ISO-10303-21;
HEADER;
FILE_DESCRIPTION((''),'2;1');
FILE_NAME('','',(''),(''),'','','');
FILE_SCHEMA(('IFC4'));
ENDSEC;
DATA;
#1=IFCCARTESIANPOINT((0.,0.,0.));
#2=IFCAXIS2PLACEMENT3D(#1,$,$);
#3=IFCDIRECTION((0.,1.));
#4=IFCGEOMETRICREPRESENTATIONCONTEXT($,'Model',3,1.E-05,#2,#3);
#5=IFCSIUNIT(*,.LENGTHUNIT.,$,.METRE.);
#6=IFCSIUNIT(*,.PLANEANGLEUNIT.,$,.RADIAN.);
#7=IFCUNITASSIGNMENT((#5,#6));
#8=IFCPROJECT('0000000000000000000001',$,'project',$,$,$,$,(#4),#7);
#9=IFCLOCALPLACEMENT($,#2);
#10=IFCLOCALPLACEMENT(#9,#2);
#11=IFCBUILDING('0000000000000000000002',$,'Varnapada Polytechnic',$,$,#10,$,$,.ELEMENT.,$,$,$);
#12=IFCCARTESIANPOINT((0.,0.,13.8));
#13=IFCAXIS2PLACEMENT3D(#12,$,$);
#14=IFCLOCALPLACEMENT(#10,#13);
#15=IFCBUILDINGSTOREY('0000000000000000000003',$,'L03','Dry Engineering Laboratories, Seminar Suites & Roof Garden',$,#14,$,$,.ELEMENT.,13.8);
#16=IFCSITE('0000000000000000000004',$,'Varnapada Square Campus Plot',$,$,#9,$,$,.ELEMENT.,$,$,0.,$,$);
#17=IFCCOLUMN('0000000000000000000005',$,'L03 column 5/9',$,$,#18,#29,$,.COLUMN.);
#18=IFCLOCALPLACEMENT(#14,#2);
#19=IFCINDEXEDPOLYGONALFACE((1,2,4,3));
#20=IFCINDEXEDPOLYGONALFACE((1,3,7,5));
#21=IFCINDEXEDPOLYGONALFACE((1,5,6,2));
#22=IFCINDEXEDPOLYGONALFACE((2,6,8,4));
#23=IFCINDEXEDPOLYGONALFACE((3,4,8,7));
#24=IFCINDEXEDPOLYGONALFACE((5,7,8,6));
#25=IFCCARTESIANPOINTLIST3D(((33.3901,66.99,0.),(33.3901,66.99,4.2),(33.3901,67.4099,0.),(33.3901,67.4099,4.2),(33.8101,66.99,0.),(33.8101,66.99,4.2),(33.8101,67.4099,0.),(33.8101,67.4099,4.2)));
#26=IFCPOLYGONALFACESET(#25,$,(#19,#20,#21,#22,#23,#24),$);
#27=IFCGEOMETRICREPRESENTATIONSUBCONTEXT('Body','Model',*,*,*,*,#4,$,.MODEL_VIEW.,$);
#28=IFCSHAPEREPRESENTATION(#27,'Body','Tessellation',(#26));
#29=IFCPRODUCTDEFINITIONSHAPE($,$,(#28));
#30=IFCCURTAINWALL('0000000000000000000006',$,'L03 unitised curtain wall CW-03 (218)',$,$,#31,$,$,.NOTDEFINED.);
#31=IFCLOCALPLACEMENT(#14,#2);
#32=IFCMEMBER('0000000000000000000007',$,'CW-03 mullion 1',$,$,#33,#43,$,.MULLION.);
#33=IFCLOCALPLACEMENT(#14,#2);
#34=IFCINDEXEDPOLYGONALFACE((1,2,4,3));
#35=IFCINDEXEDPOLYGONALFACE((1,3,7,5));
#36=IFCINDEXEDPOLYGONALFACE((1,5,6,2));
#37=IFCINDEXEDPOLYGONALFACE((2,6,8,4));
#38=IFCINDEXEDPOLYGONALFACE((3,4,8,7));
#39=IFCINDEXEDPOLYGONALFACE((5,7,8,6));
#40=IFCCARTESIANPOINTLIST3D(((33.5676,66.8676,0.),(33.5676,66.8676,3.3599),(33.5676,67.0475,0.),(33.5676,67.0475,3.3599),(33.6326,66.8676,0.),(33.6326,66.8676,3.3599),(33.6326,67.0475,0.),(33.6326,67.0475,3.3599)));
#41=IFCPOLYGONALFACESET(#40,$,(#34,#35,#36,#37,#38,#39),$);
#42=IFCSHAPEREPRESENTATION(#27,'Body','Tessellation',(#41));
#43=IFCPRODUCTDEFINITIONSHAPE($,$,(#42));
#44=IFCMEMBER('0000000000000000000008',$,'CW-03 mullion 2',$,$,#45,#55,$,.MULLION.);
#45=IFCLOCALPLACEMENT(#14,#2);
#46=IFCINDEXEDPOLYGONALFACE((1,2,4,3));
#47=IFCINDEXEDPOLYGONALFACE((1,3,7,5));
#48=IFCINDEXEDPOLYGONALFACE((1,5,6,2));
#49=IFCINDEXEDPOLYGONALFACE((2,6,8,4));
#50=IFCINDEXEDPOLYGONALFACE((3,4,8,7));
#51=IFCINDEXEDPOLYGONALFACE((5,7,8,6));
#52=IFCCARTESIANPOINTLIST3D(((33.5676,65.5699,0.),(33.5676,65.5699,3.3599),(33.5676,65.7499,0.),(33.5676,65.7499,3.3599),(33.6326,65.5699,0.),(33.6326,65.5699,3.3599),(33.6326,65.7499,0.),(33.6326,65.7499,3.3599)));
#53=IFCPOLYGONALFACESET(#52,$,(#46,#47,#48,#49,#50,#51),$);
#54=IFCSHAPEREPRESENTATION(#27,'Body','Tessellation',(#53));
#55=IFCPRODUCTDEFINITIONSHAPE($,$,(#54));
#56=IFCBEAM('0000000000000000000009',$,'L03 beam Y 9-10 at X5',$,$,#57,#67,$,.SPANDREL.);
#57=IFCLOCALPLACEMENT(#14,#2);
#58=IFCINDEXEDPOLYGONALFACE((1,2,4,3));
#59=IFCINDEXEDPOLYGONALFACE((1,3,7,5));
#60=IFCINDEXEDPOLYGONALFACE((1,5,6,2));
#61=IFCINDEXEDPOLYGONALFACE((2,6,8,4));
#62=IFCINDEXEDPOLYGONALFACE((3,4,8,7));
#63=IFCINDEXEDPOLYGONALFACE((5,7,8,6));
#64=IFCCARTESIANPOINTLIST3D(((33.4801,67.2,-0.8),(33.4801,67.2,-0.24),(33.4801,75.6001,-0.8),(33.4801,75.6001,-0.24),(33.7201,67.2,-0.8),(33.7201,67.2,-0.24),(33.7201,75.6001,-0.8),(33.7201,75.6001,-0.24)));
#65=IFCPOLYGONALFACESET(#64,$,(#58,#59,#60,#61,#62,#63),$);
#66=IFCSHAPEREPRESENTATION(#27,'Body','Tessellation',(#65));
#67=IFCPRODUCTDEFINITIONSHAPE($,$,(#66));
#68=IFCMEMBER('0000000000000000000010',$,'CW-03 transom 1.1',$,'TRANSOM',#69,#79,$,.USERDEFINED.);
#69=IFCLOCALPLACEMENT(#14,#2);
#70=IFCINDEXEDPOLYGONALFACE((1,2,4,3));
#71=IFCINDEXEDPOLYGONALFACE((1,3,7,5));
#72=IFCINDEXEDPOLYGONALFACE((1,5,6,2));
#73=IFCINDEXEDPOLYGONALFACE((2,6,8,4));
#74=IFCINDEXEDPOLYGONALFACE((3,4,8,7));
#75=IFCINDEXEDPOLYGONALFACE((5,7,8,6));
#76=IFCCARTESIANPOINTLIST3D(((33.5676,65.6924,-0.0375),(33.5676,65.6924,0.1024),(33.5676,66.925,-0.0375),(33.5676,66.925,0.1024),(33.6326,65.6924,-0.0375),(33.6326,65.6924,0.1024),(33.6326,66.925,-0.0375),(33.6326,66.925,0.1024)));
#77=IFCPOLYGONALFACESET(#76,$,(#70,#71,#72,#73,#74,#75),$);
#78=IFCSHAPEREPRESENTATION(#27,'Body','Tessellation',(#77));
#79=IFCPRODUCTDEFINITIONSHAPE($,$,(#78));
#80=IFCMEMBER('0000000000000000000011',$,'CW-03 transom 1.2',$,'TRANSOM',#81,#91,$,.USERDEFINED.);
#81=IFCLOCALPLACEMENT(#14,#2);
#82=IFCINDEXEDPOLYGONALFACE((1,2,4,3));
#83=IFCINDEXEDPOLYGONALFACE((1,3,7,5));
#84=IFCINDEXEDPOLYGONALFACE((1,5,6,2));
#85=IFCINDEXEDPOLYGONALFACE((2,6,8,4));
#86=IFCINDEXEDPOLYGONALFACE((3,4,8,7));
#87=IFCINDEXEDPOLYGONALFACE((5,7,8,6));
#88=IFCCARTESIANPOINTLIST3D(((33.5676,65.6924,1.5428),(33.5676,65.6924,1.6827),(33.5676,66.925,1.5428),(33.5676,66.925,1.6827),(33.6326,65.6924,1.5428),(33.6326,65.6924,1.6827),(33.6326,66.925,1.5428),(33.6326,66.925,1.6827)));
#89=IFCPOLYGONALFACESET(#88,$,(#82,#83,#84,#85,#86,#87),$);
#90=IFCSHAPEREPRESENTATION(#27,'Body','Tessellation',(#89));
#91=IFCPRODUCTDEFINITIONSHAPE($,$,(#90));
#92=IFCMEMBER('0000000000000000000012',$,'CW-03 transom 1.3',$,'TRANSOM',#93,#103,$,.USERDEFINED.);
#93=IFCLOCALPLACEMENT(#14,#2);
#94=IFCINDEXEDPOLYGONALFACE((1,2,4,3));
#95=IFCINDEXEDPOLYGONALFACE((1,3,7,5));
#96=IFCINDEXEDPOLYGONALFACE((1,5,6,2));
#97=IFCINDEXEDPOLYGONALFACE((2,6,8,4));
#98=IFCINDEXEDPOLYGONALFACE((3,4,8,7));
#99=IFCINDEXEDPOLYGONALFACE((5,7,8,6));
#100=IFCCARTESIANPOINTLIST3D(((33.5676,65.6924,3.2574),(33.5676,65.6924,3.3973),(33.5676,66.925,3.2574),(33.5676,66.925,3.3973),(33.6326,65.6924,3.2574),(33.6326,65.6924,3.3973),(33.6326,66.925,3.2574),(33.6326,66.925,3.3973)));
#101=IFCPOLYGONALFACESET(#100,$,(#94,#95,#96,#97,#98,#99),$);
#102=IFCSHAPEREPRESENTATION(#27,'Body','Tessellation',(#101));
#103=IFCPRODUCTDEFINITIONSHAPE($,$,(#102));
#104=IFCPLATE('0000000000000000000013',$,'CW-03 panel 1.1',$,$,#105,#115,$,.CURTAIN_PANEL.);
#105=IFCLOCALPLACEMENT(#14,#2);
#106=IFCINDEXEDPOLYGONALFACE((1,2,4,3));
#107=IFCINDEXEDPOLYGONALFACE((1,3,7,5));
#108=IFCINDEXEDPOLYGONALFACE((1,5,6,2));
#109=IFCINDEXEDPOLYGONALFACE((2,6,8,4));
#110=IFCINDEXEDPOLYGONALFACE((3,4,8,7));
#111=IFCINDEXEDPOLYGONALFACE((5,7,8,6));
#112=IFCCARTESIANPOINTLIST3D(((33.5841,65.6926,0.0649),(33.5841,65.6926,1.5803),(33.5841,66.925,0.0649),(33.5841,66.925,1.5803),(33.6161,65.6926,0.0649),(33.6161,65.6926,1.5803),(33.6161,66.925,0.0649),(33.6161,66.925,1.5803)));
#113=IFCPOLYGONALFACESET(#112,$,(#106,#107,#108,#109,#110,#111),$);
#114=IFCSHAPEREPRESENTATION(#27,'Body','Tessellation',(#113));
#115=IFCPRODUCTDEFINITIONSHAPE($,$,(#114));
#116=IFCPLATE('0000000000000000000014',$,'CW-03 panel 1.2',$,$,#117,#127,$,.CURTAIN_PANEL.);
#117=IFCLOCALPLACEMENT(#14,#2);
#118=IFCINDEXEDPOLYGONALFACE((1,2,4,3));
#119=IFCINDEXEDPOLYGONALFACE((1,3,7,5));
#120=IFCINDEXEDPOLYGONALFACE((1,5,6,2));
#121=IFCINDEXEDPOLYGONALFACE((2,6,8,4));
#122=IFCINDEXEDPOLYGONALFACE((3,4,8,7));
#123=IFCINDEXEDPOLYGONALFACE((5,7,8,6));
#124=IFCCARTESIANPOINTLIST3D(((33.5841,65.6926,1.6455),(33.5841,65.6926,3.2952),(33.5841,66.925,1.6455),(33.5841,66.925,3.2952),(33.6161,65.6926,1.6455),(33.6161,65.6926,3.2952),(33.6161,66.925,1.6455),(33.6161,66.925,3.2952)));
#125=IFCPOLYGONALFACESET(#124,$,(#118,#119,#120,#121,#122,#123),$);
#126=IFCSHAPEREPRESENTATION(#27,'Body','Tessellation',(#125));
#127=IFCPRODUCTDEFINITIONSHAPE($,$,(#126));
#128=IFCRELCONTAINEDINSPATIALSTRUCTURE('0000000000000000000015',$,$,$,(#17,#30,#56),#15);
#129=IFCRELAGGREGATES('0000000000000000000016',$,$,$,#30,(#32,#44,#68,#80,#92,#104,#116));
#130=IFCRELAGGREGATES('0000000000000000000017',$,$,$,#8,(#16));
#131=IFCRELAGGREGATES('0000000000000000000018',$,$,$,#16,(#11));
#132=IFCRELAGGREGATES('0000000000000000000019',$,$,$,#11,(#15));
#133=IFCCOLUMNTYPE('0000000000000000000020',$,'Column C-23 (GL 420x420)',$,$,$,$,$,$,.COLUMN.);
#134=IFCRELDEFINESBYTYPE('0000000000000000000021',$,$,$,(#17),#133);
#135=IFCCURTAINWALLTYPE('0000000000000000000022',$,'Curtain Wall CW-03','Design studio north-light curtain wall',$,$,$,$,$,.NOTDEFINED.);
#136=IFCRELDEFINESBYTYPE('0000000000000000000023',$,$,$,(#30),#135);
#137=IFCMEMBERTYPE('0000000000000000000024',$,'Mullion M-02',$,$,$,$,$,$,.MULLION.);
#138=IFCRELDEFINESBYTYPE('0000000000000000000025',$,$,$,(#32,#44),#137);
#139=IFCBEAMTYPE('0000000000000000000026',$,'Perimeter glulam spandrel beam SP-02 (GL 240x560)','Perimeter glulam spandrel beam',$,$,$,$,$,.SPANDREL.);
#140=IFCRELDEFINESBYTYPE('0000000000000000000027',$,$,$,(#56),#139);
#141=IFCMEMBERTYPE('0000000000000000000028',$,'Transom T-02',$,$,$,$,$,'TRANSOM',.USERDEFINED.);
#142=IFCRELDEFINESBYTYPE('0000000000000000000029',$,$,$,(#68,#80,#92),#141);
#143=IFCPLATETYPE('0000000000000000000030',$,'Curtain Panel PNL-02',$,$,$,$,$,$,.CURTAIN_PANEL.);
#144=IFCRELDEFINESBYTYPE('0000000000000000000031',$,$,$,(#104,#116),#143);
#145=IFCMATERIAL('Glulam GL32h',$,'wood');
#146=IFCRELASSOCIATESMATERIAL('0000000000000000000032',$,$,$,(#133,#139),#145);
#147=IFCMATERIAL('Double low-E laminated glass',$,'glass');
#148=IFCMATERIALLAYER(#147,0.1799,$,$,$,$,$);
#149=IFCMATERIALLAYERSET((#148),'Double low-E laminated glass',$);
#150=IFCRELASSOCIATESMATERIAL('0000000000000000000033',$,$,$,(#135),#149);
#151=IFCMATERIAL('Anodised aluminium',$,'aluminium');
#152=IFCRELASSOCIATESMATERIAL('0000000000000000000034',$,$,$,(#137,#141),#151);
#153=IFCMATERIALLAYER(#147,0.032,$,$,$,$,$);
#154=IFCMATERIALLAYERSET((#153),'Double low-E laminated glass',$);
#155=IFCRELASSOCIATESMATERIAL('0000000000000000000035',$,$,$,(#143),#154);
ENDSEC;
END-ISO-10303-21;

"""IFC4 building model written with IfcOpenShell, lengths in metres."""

from ifc_helpers import new_model, si_unit, direction, frame, origin, origin_2d, place, context, subcontext, project, spatial, rectangle, extrude, material, layer, layer_set, material_profile, profile_set, type_object, element, aggregate, save


model = new_model("IFC4")

# Units and contexts
model_context = context("Model", 3, precision=1e-05, world=origin(), true_north=direction((0.0, 1.0)))
body_context = subcontext(model_context, "Body", "Model", "MODEL_VIEW")
ifc_project = project(units=[si_unit("LENGTHUNIT", "METRE"), si_unit("PLANEANGLEUNIT", "RADIAN")], contexts=[model_context])

# Site, building, storey
site_placement = place(None, origin())
site = spatial("IfcSite", under=ifc_project, at=site_placement, Name="Varnapada Square Campus Plot", CompositionType="ELEMENT", RefElevation=0.0)
building_placement = place(site_placement, origin())
building = spatial("IfcBuilding", under=site, at=building_placement, Name="Varnapada Polytechnic", CompositionType="ELEMENT")
storey_placement = place(building_placement, frame((0.0, 0.0, 13.8)))
storey = spatial("IfcBuildingStorey", under=building, at=storey_placement, Name="L03", Description="Dry Engineering Laboratories, Seminar Suites & Roof Garden", CompositionType="ELEMENT", Elevation=13.8)

# Column
ifc_material_1 = material(Name="Glulam GL32h", Category="wood")
ifc_material_profile_1 = material_profile(ifc_material_1, rectangle(XDim=0.4199, YDim=0.4199, at=origin_2d()), Name="GL 420x420")
ifc_profile_set_1 = profile_set([ifc_material_profile_1], Name="Glulam GL32h")
column_type = type_object("IfcColumnType", Name="Column C-23 (GL 420x420)", PredefinedType="COLUMN", material=ifc_profile_set_1)
column_placement = place(storey_placement, frame((33.6001, 67.2, 0.0), z_axis=(0.0, 0.0, 1.0), x_axis=(1.0, 0.0, 0.0)))
element("IfcColumn", 1, at=column_placement, inside=storey, type_object=column_type, Name="L03 column 5/9", PredefinedType="COLUMN", context=body_context, shape_type="SweptSolid", body=[
    extrude(rectangle(XDim=0.4199, YDim=0.4199, at=origin_2d()), origin(), (0.0, 0.0, 1.0), 4.2),
])

# Curtain wall, members
ifc_material_2 = material(Name="Double low-E laminated glass", Category="glass")
ifc_layer_1 = layer(ifc_material_2, 0.1799)
ifc_layer_set_1 = layer_set([ifc_layer_1], Name="Double low-E laminated glass")
curtain_wall_type = type_object("IfcCurtainWallType", Name="Curtain Wall CW-03", Description="Design studio north-light curtain wall", PredefinedType="NOTDEFINED", material=ifc_layer_set_1)
curtain_wall_placement = place(storey_placement, origin())
curtain_wall = element("IfcCurtainWall", 2, at=curtain_wall_placement, inside=storey, type_object=curtain_wall_type, Name="L03 unitised curtain wall CW-03 (218)", PredefinedType="NOTDEFINED")
ifc_material_3 = material(Name="Anodised aluminium", Category="aluminium")
ifc_material_profile_2 = material_profile(ifc_material_3, rectangle(XDim=0.0649, YDim=0.1799, at=origin_2d()), Name="ALU M65x180")
ifc_profile_set_2 = profile_set([ifc_material_profile_2], Name="Anodised aluminium")
member_type_1 = type_object("IfcMemberType", Name="Mullion M-02", PredefinedType="MULLION", material=ifc_profile_set_2)
member_1_placement = place(storey_placement, frame((33.6001, 66.9575, 0.0), z_axis=(0.0, 0.0, 1.0), x_axis=(1.0, 0.0, 0.0)))
member_1 = element("IfcMember", 3, at=member_1_placement, type_object=member_type_1, Name="CW-03 mullion 1", PredefinedType="MULLION", context=body_context, shape_type="SweptSolid", body=[
    extrude(rectangle(XDim=0.0649, YDim=0.1799, at=origin_2d()), origin(), (0.0, 0.0, 1.0), 3.3599),
])
member_2_placement = place(storey_placement, frame((33.6001, 65.6599, 0.0), z_axis=(0.0, 0.0, 1.0), x_axis=(1.0, 0.0, 0.0)))
member_2 = element("IfcMember", 4, at=member_2_placement, type_object=member_type_1, Name="CW-03 mullion 2", PredefinedType="MULLION", context=body_context, shape_type="SweptSolid", body=[
    extrude(rectangle(XDim=0.0649, YDim=0.1799, at=origin_2d()), origin(), (0.0, 0.0, 1.0), 3.3599),
])

# Beam
ifc_material_profile_3 = material_profile(ifc_material_1, rectangle(XDim=0.24, YDim=0.5601, at=origin_2d()), Name="GL 240x560")
ifc_profile_set_3 = profile_set([ifc_material_profile_3], Name="Glulam GL32h")
beam_type = type_object("IfcBeamType", Name="Perimeter glulam spandrel beam SP-02 (GL 240x560)", Description="Perimeter glulam spandrel beam", PredefinedType="SPANDREL", material=ifc_profile_set_3)
beam_placement = place(storey_placement, frame((33.6001, 67.2, -0.52), z_axis=(0.0, 1.0, 0.0), x_axis=(-1.0, 0.0, 0.0)))
element("IfcBeam", 5, at=beam_placement, inside=storey, type_object=beam_type, Name="L03 beam Y 9-10 at X5", PredefinedType="SPANDREL", context=body_context, shape_type="SweptSolid", body=[
    extrude(rectangle(XDim=0.24, YDim=0.5601, at=origin_2d()), origin(), (0.0, 0.0, 1.0), 8.4001),
])

# Members
ifc_material_profile_4 = material_profile(ifc_material_3, rectangle(XDim=0.0649, YDim=0.1399, at=origin_2d()), Name="ALU T65x140")
ifc_profile_set_4 = profile_set([ifc_material_profile_4], Name="Anodised aluminium")
member_type_2 = type_object("IfcMemberType", Name="Transom T-02", ElementType="TRANSOM", PredefinedType="USERDEFINED", material=ifc_profile_set_4)
member_3_placement = place(storey_placement, frame((33.6001, 66.925, 0.0325), z_axis=(0.0, -1.0, 0.0), x_axis=(1.0, 0.0, 0.0)))
member_3 = element("IfcMember", 6, at=member_3_placement, type_object=member_type_2, Name="CW-03 transom 1.1", ObjectType="TRANSOM", PredefinedType="USERDEFINED", context=body_context, shape_type="SweptSolid", body=[
    extrude(rectangle(XDim=0.0649, YDim=0.1399, at=origin_2d()), origin(), (0.0, 0.0, 1.0), 1.2327),
])
member_4_placement = place(storey_placement, frame((33.6001, 66.925, 1.6128), z_axis=(0.0, -1.0, 0.0), x_axis=(1.0, 0.0, 0.0)))
member_4 = element("IfcMember", 7, at=member_4_placement, type_object=member_type_2, Name="CW-03 transom 1.2", ObjectType="TRANSOM", PredefinedType="USERDEFINED", context=body_context, shape_type="SweptSolid", body=[
    extrude(rectangle(XDim=0.0649, YDim=0.1399, at=origin_2d()), origin(), (0.0, 0.0, 1.0), 1.2327),
])
member_5_placement = place(storey_placement, frame((33.6001, 66.925, 3.3274), z_axis=(0.0, -1.0, 0.0), x_axis=(1.0, 0.0, 0.0)))
member_5 = element("IfcMember", 8, at=member_5_placement, type_object=member_type_2, Name="CW-03 transom 1.3", ObjectType="TRANSOM", PredefinedType="USERDEFINED", context=body_context, shape_type="SweptSolid", body=[
    extrude(rectangle(XDim=0.0649, YDim=0.1399, at=origin_2d()), origin(), (0.0, 0.0, 1.0), 1.2327),
])

# Plates
ifc_layer_2 = layer(ifc_material_2, 0.032)
ifc_layer_set_2 = layer_set([ifc_layer_2], Name="Double low-E laminated glass")
plate_type = type_object("IfcPlateType", Name="Curtain Panel PNL-02", PredefinedType="CURTAIN_PANEL", material=ifc_layer_set_2)
plate_1_placement = place(storey_placement, frame((33.6001, 66.3088, 0.0649), z_axis=(0.0, 0.0, 1.0), x_axis=(0.0, -1.0, 0.0)))
plate_1 = element("IfcPlate", 9, at=plate_1_placement, type_object=plate_type, Name="CW-03 panel 1.1", PredefinedType="CURTAIN_PANEL", context=body_context, shape_type="SweptSolid", body=[
    extrude(rectangle(XDim=1.2324, YDim=0.032, at=origin_2d()), origin(), (0.0, 0.0, 1.0), 1.5154),
])
plate_2_placement = place(storey_placement, frame((33.6001, 66.3088, 1.6455), z_axis=(0.0, 0.0, 1.0), x_axis=(0.0, -1.0, 0.0)))
plate_2 = element("IfcPlate", 10, at=plate_2_placement, type_object=plate_type, Name="CW-03 panel 1.2", PredefinedType="CURTAIN_PANEL", context=body_context, shape_type="SweptSolid", body=[
    extrude(rectangle(XDim=1.2324, YDim=0.032, at=origin_2d()), origin(), (0.0, 0.0, 1.0), 1.6497),
])
aggregate(curtain_wall, [member_1, member_2, member_3, member_4, member_5, plate_1, plate_2])

save(model, "model.ifc")
